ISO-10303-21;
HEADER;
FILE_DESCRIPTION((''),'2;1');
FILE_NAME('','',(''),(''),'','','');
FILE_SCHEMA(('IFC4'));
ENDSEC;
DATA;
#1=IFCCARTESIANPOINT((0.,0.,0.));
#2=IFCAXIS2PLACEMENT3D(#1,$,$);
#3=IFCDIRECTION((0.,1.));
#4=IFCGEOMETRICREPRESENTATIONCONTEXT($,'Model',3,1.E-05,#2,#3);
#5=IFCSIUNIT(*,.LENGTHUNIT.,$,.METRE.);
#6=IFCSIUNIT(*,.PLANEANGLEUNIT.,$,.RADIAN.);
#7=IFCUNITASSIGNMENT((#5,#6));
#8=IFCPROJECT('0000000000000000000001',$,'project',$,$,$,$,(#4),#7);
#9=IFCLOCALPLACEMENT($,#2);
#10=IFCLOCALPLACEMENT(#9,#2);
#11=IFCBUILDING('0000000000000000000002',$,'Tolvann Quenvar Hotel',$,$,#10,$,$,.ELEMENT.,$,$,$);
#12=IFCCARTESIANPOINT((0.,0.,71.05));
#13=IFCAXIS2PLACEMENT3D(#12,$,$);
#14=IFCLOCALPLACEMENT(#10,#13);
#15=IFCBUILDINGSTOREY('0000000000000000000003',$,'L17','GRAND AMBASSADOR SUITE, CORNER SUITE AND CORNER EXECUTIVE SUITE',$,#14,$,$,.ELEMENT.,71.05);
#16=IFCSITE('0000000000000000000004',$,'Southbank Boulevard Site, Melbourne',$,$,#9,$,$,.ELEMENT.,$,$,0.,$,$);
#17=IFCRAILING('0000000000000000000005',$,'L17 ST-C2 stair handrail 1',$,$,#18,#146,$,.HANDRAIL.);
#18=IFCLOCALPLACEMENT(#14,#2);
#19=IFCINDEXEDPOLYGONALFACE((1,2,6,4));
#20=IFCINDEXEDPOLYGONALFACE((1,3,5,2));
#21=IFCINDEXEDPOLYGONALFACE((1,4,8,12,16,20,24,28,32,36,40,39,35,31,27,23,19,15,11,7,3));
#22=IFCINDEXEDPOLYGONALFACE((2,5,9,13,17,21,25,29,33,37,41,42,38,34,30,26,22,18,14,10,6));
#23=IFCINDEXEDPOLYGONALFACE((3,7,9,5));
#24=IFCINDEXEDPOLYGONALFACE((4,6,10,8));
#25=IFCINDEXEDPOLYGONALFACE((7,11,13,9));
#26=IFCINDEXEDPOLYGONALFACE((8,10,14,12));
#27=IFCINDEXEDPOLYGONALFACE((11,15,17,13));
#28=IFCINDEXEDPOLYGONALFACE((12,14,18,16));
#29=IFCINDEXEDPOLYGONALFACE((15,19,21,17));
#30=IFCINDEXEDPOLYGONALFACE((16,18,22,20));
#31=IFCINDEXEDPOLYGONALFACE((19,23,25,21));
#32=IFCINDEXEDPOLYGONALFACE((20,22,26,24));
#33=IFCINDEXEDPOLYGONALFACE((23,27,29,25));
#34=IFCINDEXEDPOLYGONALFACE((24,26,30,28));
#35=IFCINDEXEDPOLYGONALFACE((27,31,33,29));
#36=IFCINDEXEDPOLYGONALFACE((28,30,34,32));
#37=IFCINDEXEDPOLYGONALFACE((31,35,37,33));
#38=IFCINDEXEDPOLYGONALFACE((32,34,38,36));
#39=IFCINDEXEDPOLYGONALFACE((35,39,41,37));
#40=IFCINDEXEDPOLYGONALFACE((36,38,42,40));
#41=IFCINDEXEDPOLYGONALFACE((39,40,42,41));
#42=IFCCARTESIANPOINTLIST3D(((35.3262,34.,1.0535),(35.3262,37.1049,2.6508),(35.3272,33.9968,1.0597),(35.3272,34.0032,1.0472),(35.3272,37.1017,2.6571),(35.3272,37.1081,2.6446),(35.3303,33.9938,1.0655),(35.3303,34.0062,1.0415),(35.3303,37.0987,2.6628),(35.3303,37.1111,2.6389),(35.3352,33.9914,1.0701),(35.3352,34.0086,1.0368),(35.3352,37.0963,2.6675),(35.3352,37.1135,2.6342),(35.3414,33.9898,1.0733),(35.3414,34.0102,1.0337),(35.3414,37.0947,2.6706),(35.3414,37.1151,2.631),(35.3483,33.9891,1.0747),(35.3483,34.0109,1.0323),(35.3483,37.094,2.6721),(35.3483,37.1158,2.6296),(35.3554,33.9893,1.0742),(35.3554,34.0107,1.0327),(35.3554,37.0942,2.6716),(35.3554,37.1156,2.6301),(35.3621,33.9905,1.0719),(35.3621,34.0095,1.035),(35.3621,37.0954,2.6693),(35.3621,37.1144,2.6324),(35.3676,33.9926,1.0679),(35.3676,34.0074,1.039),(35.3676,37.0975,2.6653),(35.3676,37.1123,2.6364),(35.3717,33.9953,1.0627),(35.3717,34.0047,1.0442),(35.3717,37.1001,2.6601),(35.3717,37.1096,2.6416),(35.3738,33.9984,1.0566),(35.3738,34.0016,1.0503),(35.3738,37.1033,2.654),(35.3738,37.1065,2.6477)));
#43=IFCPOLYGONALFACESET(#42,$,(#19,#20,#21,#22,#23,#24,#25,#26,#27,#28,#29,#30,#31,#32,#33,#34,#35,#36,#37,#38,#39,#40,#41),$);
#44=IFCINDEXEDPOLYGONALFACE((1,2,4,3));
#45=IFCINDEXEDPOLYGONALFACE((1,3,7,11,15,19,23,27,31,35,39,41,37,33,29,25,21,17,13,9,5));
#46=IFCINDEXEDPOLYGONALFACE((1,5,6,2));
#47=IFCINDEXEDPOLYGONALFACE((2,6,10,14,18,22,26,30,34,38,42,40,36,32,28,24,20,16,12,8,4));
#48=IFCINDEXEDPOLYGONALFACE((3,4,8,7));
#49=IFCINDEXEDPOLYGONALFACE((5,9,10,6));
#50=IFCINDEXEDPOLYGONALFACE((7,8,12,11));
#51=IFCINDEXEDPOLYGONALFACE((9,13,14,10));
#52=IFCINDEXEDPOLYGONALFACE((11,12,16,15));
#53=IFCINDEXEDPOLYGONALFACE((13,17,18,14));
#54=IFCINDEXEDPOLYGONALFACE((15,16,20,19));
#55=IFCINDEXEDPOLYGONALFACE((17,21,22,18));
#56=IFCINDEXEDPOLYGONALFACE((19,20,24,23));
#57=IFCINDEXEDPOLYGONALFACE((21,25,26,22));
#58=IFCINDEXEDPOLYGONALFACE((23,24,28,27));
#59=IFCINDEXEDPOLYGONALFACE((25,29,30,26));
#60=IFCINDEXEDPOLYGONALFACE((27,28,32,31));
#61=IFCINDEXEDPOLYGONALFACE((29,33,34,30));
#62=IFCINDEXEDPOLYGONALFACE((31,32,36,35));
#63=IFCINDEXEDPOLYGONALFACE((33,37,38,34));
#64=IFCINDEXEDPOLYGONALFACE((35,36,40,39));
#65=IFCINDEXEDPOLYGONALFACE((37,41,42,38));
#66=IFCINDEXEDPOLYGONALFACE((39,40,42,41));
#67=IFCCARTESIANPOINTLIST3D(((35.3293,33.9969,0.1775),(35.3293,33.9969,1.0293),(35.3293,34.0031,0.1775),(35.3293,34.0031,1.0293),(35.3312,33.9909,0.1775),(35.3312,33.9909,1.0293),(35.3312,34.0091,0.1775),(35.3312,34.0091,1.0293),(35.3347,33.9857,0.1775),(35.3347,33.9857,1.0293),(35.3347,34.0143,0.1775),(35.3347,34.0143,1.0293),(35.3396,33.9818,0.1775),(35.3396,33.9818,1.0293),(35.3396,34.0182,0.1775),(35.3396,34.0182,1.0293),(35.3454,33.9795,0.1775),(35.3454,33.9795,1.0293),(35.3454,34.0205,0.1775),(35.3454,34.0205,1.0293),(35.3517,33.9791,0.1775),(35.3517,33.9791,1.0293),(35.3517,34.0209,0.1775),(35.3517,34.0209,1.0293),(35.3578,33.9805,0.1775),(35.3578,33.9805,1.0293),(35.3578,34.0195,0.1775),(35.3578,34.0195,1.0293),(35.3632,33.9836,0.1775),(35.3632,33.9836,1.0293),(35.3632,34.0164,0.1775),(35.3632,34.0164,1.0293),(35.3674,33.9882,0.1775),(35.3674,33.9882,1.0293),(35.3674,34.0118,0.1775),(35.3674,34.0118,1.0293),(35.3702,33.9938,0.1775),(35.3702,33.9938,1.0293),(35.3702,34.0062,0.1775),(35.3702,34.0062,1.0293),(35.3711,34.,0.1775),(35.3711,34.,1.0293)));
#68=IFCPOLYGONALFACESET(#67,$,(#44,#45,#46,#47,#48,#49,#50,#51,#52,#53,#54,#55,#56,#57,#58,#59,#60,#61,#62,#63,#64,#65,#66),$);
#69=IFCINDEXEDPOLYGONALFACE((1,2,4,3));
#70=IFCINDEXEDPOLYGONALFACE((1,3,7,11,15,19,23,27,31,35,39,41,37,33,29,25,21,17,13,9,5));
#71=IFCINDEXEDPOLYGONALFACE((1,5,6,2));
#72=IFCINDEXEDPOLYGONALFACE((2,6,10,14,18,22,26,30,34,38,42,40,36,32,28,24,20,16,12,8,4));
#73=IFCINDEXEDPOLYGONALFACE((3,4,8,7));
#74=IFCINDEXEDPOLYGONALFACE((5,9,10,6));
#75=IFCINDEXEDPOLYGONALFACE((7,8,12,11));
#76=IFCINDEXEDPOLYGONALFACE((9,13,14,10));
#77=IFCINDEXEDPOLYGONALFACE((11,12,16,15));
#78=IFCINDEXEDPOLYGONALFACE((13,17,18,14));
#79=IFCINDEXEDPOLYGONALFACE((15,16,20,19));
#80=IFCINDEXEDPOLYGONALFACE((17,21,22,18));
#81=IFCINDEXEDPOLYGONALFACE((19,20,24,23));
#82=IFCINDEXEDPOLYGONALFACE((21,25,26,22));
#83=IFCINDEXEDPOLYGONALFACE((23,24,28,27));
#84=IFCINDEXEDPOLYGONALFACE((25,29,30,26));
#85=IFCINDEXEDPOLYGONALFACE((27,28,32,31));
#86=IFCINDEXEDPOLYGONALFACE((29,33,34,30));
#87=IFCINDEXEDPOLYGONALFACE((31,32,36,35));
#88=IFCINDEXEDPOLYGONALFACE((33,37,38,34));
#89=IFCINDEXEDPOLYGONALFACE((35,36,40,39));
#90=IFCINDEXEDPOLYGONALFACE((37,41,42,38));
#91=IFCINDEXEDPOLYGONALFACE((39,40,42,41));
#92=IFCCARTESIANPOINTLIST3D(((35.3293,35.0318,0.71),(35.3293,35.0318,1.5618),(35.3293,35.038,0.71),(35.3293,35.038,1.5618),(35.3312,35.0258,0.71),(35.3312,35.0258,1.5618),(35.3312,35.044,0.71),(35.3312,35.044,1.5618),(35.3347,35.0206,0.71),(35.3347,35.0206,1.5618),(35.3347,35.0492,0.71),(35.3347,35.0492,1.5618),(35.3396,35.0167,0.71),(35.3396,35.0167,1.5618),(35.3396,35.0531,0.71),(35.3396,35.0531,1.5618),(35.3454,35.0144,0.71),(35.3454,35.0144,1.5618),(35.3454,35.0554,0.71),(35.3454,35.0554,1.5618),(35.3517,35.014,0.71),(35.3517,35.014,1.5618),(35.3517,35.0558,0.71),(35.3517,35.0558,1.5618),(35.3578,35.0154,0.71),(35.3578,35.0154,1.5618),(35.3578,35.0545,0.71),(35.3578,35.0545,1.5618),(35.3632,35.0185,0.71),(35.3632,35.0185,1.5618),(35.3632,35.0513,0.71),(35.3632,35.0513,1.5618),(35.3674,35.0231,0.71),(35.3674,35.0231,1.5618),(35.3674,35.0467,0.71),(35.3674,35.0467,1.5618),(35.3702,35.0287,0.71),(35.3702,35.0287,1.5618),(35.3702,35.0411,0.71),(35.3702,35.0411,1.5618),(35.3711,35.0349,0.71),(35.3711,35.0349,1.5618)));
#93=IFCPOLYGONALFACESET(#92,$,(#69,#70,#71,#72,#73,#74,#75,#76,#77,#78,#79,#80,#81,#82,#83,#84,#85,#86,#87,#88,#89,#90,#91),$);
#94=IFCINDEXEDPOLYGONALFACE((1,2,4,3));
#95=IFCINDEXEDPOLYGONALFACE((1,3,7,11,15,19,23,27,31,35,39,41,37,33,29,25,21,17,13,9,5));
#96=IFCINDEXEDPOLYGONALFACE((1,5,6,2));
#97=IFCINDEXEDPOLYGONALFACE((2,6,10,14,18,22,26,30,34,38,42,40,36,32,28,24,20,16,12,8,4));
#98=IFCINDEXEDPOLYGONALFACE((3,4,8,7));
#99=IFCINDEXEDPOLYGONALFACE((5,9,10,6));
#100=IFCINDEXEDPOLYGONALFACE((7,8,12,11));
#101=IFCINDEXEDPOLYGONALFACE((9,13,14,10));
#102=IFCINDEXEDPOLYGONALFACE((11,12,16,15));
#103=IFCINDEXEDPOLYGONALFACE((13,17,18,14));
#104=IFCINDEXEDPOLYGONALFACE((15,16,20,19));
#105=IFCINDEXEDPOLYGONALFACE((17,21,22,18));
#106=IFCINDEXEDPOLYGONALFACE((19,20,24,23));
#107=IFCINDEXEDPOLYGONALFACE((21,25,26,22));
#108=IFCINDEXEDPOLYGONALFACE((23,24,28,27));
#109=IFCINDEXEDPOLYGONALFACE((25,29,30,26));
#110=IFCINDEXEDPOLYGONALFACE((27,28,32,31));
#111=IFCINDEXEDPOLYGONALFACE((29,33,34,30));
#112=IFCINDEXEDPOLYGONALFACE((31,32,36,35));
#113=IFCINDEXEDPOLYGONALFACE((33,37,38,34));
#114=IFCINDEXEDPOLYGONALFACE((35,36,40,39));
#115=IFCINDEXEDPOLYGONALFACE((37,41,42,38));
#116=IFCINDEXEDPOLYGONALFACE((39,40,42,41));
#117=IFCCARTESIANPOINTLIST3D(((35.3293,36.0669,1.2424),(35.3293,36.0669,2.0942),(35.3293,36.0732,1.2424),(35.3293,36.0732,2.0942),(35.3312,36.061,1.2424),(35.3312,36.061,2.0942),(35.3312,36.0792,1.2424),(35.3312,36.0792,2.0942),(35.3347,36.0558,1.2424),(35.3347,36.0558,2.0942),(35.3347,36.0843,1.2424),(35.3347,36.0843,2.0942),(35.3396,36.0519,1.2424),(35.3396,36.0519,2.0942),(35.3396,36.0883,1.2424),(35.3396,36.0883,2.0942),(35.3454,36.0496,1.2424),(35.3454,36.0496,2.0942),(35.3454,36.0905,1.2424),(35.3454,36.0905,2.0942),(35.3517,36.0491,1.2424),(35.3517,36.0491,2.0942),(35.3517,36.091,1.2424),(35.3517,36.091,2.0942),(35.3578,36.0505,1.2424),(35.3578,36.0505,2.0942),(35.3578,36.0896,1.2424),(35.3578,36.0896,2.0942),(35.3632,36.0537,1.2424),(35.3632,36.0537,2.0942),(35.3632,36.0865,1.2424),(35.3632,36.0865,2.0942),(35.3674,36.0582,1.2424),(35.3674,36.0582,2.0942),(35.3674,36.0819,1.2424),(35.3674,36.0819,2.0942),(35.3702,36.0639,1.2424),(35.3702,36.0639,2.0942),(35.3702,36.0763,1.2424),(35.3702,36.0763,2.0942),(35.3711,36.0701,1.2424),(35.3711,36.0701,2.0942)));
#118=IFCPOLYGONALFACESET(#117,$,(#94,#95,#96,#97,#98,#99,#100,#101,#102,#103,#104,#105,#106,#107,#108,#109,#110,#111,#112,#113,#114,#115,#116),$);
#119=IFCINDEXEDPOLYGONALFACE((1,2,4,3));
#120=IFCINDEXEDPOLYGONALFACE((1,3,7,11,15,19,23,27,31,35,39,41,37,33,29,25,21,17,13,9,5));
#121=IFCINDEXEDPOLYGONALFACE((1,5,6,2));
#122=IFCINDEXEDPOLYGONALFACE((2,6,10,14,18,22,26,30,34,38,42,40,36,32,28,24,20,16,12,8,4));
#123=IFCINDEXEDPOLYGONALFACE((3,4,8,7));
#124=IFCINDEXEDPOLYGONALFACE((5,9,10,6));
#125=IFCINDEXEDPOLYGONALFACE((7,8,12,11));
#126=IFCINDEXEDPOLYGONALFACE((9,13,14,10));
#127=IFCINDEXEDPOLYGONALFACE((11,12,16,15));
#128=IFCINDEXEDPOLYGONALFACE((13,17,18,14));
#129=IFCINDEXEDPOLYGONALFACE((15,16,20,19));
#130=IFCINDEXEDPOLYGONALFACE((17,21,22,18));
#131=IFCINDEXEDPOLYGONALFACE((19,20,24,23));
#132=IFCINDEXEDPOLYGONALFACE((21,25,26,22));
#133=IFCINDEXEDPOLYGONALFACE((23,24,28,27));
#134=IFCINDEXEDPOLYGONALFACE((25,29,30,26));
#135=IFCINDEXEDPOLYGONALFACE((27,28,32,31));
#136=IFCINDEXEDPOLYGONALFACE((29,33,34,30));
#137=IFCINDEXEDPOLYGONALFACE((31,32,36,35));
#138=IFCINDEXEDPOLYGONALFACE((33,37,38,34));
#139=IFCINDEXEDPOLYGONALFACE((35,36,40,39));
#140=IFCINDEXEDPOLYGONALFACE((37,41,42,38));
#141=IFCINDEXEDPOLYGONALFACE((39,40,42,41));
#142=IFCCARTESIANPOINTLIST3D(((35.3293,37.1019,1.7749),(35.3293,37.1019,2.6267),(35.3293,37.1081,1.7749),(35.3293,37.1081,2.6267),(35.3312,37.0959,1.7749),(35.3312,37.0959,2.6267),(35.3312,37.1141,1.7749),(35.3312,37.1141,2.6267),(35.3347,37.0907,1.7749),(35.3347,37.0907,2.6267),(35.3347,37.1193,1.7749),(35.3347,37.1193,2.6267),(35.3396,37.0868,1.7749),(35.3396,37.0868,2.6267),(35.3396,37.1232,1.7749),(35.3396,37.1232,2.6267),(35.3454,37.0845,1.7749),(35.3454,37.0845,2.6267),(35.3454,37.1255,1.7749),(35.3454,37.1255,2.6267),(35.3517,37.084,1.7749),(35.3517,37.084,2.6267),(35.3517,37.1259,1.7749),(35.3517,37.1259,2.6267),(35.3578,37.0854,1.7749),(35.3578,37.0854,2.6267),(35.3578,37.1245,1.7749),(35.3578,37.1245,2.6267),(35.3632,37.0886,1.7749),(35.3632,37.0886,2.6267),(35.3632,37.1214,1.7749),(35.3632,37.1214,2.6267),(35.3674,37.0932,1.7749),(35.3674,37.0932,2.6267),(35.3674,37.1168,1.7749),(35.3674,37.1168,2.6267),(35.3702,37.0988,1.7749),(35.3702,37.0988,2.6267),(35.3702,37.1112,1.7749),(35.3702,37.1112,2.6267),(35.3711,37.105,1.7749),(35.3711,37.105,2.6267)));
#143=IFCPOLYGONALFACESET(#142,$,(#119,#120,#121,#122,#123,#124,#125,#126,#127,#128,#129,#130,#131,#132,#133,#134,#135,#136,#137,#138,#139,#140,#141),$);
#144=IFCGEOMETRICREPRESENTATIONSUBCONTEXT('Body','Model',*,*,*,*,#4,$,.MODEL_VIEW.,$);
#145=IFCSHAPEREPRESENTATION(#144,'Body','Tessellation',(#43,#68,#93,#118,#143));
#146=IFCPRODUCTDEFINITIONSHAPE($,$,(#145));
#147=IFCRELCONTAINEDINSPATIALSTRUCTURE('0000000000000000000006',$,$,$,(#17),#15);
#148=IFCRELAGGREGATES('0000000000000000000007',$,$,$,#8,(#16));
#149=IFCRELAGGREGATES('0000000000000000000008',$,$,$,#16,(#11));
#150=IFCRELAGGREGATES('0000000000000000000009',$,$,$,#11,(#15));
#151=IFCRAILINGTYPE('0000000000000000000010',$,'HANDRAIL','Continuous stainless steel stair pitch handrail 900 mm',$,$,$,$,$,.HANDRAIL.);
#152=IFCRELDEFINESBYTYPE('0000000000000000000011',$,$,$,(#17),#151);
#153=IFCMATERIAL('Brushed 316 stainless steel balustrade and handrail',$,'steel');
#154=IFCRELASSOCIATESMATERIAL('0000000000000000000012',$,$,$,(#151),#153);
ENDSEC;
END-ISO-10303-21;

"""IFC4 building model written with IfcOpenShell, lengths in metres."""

from ifc_helpers import new_model, si_unit, direction, frame, origin, origin_2d, place, context, subcontext, project, spatial, circle, extrude, material, type_object, element, save


model = new_model("IFC4")

# Units and contexts
model_context = context("Model", 3, precision=1e-05, world=origin(), true_north=direction((0.0, 1.0)))
body_context = subcontext(model_context, "Body", "Model", "MODEL_VIEW")
ifc_project = project(units=[si_unit("LENGTHUNIT", "METRE"), si_unit("PLANEANGLEUNIT", "RADIAN")], contexts=[model_context])

# Site, building, storey
site_placement = place(None, origin())
site = spatial("IfcSite", under=ifc_project, at=site_placement, Name="Southbank Boulevard Site, Melbourne", CompositionType="ELEMENT", RefElevation=0.0)
building_placement = place(site_placement, origin())
building = spatial("IfcBuilding", under=site, at=building_placement, Name="Tolvann Quenvar Hotel", CompositionType="ELEMENT")
storey_placement = place(building_placement, frame((0.0, 0.0, 71.05)))
storey = spatial("IfcBuildingStorey", under=building, at=storey_placement, Name="L17", Description="GRAND AMBASSADOR SUITE, CORNER SUITE AND CORNER EXECUTIVE SUITE", CompositionType="ELEMENT", Elevation=71.05)

# Railing
ifc_material_1 = material(Name="Brushed 316 stainless steel balustrade and handrail", Category="steel")
railing_type_1 = type_object("IfcRailingType", Name="HANDRAIL", Description="Continuous stainless steel stair pitch handrail 900 mm", PredefinedType="HANDRAIL", material=ifc_material_1)
railing_1_placement = place(storey_placement, frame((35.3501, 34.0, 0.1775)))
element("IfcRailing", 1, at=railing_1_placement, inside=storey, type_object=railing_type_1, Name="L17 ST-C2 stair handrail 1", PredefinedType="HANDRAIL", context=body_context, shape_type="SweptSolid", body=[
    extrude(circle(Radius=0.0239, at=origin_2d()), frame((0.0, 0.0, 0.876), z_axis=(0.0, 0.889222, 0.457476), x_axis=(-1.0, 0.0, 0.0)), (0.0, 0.0, 1.0), 3.4917),
    extrude(circle(Radius=0.021, at=origin_2d()), origin(), (0.0, 0.0, 1.0), 0.8518),
    extrude(circle(Radius=0.021, at=origin_2d()), frame((0.0, 1.0349, 0.5325)), (0.0, 0.0, 1.0), 0.8518),
    extrude(circle(Radius=0.021, at=origin_2d()), frame((0.0, 2.0701, 1.0649)), (0.0, 0.0, 1.0), 0.8518),
    extrude(circle(Radius=0.021, at=origin_2d()), frame((0.0, 3.105, 1.5974)), (0.0, 0.0, 1.0), 0.8518),
])

save(model, "model.ifc")
